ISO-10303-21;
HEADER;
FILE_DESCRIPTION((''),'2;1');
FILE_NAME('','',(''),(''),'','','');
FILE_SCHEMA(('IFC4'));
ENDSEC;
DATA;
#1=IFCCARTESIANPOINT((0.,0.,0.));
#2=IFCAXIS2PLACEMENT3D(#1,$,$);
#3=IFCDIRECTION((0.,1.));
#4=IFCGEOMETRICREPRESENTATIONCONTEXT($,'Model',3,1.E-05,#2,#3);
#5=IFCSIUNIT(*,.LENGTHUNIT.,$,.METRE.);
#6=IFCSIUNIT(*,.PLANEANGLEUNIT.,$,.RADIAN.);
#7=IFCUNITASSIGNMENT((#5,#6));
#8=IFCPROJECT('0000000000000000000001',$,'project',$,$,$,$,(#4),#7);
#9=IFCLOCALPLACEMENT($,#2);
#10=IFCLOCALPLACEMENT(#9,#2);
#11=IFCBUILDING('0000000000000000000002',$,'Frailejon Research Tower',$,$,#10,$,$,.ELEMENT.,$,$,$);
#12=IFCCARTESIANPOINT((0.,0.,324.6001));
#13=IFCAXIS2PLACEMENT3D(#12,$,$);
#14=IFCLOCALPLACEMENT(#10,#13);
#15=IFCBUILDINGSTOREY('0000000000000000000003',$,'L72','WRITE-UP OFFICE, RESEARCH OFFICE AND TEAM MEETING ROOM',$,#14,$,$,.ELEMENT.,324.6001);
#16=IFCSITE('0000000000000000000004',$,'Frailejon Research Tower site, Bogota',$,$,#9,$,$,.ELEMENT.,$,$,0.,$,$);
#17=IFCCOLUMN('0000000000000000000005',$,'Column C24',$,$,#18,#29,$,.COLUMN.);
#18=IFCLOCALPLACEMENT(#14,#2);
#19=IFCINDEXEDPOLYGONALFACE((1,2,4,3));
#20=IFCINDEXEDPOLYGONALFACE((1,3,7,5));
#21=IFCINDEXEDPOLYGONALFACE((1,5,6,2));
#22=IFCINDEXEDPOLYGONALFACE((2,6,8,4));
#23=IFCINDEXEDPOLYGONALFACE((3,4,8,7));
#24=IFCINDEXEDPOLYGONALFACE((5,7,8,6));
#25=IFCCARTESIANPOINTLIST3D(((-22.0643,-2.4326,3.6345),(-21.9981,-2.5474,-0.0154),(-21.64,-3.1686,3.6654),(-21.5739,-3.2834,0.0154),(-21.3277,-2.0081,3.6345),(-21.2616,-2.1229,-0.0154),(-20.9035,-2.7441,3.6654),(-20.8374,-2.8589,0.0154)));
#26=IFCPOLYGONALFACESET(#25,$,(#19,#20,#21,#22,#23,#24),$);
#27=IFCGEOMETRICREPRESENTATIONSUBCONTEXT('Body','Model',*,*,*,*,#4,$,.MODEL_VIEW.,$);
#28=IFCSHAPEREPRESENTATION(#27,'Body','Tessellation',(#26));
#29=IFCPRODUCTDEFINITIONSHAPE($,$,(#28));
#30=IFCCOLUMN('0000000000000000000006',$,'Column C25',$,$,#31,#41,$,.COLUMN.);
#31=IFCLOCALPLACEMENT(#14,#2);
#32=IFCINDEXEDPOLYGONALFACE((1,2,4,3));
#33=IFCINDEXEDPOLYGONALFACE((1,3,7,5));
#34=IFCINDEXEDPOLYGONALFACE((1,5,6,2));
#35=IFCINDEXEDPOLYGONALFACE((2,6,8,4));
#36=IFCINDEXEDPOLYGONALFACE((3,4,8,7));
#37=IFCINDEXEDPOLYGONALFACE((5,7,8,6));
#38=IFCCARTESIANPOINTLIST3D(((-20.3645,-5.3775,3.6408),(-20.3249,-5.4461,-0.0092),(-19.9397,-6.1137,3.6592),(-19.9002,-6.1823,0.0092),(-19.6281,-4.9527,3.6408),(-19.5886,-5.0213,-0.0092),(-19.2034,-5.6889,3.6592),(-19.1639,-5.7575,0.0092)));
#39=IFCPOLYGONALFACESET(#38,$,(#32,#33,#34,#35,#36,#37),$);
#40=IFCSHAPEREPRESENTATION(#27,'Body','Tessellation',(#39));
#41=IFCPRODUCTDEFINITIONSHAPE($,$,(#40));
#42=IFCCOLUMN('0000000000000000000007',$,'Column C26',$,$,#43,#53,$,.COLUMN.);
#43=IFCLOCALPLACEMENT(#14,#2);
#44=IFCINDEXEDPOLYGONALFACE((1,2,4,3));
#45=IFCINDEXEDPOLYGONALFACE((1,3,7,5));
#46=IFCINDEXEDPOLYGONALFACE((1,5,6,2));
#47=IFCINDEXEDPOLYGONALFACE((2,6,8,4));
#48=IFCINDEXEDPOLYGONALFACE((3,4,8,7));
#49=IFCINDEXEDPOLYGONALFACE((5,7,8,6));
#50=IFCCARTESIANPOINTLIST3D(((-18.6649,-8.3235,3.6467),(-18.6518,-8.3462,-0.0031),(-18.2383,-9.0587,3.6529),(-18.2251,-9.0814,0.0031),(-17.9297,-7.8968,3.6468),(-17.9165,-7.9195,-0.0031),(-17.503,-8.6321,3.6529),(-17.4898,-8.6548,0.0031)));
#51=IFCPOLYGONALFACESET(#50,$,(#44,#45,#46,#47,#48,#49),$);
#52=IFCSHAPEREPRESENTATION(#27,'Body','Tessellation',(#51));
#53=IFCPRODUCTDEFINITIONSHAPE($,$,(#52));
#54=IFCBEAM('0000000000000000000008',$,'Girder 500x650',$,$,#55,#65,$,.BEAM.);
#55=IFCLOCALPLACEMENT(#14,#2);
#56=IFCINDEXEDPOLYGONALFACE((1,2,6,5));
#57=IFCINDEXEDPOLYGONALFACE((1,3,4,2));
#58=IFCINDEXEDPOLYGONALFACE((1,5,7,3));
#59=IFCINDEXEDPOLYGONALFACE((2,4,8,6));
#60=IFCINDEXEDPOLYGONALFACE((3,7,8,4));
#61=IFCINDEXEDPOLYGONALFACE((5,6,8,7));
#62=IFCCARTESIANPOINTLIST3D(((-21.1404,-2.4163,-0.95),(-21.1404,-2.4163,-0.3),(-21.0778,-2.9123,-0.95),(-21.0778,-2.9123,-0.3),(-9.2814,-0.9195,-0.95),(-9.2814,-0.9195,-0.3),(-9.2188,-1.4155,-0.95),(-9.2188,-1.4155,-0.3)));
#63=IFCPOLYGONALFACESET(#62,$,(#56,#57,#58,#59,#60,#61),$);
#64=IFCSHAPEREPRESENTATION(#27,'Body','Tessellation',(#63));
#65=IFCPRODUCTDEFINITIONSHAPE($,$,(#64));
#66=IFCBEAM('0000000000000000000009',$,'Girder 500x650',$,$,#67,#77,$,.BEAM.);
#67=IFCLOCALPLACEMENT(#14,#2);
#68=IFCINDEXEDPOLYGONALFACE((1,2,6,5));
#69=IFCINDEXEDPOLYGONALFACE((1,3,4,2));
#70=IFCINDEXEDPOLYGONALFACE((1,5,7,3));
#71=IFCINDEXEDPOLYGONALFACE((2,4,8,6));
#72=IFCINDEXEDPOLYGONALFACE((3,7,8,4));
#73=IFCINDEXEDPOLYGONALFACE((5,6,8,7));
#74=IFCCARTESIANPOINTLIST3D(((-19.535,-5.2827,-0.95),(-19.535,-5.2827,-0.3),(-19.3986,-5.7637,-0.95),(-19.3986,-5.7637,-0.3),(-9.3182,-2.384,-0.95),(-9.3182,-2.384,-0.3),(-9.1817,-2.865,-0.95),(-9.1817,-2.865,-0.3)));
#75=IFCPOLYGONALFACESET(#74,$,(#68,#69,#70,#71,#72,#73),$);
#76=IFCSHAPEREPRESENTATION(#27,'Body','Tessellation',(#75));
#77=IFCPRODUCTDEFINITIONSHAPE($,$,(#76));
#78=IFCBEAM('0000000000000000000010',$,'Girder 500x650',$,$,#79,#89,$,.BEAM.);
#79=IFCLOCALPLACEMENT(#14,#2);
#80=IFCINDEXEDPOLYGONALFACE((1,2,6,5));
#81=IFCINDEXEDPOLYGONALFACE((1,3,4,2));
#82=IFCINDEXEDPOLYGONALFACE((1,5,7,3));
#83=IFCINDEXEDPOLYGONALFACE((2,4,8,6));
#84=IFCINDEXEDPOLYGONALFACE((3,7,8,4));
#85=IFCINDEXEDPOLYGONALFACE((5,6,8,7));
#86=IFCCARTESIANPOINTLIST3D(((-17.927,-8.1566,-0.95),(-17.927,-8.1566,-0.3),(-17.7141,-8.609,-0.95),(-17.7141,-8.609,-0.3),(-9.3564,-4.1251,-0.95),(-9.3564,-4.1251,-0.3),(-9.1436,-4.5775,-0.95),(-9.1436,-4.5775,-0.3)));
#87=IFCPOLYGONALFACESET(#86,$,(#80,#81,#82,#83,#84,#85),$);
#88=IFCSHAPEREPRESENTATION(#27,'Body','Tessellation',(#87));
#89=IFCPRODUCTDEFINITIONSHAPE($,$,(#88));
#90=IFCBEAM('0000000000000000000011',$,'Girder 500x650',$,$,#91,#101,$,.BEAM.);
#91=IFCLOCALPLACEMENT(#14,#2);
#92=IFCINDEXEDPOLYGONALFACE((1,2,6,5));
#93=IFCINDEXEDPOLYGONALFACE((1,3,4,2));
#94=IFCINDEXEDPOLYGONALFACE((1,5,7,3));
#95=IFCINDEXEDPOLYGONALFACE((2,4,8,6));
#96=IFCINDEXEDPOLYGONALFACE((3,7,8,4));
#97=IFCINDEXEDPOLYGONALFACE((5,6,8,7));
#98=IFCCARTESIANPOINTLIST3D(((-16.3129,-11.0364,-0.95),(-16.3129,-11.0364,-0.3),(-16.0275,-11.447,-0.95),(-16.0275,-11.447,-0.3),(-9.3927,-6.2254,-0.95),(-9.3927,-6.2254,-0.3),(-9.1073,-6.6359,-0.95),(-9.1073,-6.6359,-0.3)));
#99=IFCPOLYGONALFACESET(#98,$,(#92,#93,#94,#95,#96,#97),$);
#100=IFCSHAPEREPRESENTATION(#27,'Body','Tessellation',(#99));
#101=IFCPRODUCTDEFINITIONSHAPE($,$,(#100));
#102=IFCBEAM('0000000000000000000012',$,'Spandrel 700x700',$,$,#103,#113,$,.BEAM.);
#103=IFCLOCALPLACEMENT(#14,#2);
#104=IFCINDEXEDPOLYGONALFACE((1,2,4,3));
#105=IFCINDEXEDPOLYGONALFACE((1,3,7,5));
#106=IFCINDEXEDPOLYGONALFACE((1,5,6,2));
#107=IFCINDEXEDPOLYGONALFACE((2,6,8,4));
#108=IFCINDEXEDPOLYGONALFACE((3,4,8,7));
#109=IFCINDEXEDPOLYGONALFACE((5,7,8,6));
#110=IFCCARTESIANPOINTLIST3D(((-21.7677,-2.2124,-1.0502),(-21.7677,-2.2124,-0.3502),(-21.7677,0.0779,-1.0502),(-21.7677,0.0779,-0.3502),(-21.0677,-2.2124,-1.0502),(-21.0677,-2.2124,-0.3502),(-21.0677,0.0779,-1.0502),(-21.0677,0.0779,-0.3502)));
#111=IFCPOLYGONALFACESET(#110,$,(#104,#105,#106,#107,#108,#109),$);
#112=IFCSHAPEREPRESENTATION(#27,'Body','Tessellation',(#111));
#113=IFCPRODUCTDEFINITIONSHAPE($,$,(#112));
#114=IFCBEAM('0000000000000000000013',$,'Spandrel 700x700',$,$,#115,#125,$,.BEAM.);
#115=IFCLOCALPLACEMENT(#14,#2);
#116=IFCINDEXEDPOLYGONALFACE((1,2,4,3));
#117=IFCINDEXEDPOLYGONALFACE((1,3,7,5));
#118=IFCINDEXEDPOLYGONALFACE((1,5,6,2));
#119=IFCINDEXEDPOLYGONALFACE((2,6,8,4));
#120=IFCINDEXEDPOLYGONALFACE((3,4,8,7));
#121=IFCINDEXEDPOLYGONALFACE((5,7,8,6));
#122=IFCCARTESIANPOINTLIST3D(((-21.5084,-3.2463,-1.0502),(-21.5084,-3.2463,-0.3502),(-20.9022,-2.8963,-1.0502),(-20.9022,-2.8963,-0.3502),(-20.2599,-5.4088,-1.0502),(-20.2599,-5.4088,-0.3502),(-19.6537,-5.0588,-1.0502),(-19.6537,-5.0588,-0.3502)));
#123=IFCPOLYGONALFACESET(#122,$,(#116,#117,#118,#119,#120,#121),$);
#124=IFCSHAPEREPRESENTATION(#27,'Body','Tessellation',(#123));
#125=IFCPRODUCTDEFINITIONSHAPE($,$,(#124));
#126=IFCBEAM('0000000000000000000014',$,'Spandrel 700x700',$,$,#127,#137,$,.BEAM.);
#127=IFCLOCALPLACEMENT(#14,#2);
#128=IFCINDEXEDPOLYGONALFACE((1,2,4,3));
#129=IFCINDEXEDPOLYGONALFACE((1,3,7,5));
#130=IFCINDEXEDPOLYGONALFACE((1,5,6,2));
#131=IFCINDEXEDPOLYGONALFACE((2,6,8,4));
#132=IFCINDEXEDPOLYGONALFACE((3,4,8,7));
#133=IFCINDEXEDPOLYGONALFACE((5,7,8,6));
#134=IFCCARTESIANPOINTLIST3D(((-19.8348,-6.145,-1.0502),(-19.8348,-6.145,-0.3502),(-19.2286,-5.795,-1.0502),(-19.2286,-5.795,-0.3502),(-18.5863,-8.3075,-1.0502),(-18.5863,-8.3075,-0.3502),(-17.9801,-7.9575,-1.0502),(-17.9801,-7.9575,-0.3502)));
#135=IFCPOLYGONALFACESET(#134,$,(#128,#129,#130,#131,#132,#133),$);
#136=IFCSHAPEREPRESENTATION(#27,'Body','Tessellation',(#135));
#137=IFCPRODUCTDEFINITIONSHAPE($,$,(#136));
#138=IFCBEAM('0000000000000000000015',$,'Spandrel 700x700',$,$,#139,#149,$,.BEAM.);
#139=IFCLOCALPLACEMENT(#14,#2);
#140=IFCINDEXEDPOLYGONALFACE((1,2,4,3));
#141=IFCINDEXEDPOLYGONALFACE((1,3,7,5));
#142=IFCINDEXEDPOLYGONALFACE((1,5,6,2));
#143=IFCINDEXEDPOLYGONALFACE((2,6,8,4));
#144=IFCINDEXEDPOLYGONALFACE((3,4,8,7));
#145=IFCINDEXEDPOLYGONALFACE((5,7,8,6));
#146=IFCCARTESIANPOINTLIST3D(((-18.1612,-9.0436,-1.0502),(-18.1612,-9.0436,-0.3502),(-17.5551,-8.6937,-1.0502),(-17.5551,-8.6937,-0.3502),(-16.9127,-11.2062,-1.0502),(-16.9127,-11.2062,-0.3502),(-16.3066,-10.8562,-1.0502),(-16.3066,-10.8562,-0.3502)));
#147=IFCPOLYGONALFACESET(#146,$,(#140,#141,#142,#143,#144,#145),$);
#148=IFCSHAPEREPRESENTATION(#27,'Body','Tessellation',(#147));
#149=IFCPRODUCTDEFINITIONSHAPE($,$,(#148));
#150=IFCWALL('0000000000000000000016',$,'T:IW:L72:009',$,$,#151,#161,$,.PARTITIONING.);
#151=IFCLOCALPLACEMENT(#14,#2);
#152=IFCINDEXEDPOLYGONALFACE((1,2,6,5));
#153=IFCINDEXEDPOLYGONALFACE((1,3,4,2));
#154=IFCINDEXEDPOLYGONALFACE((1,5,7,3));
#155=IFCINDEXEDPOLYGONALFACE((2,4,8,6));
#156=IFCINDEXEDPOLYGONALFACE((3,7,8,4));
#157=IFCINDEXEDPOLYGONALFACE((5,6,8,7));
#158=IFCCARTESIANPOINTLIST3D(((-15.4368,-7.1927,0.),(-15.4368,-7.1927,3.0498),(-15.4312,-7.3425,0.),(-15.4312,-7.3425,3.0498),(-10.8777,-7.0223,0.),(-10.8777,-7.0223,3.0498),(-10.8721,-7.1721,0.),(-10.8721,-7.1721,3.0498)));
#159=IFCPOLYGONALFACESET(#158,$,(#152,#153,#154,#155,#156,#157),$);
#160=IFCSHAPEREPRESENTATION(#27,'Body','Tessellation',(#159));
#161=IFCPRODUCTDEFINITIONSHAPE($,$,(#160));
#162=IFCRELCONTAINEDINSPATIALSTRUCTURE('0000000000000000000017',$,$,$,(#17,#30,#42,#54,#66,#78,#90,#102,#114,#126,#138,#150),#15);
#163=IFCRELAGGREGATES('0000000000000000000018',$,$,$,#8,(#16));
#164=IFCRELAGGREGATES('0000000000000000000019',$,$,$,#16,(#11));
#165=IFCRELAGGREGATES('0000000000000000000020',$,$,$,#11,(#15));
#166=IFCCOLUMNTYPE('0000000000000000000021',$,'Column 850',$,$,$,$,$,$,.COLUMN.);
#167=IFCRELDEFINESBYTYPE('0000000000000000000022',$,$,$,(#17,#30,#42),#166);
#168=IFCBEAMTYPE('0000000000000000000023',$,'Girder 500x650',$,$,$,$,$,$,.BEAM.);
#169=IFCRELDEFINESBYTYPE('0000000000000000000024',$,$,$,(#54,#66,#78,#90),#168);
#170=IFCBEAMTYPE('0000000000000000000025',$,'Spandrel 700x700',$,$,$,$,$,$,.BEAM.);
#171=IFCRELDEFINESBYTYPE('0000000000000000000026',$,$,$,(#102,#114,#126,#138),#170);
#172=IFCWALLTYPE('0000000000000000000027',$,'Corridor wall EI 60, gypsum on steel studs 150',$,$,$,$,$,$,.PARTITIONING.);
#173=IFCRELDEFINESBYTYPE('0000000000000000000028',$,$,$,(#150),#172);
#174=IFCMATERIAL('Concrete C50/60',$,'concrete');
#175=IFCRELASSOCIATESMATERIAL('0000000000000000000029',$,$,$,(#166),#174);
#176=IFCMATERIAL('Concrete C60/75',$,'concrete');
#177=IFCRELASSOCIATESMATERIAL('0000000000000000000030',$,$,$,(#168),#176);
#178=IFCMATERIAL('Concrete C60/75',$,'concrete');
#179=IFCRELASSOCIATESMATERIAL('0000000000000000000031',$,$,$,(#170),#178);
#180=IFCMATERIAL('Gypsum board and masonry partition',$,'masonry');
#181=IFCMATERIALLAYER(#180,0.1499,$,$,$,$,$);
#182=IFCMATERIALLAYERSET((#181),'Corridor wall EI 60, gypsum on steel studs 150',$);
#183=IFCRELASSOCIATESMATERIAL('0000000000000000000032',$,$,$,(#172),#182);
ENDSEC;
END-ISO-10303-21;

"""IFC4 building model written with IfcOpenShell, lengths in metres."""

from ifc_helpers import new_model, si_unit, direction, frame, frame_2d, origin, origin_2d, place, context, subcontext, project, spatial, rectangle, extrude, material, layer, layer_set, material_profile, profile_set, type_object, element, save


model = new_model("IFC4")

# Units and contexts
model_context = context("Model", 3, precision=1e-05, world=origin(), true_north=direction((0.0, 1.0)))
body_context = subcontext(model_context, "Body", "Model", "MODEL_VIEW")
ifc_project = project(units=[si_unit("LENGTHUNIT", "METRE"), si_unit("PLANEANGLEUNIT", "RADIAN")], contexts=[model_context])

# Site, building, storey
site_placement = place(None, origin())
site = spatial("IfcSite", under=ifc_project, at=site_placement, Name="Frailejon Research Tower site, Bogota", CompositionType="ELEMENT", RefElevation=0.0)
building_placement = place(site_placement, origin())
building = spatial("IfcBuilding", under=site, at=building_placement, Name="Frailejon Research Tower", CompositionType="ELEMENT")
storey_placement = place(building_placement, frame((0.0, 0.0, 324.6001)))
storey = spatial("IfcBuildingStorey", under=building, at=storey_placement, Name="L72", Description="WRITE-UP OFFICE, RESEARCH OFFICE AND TEAM MEETING ROOM", CompositionType="ELEMENT", Elevation=324.6001)

# Columns
ifc_material_1 = material(Name="Concrete C50/60", Category="concrete")
ifc_material_profile_1 = material_profile(ifc_material_1, rectangle(XDim=0.8501, YDim=0.8501, at=origin_2d()), Name="Column 850")
ifc_profile_set_1 = profile_set([ifc_material_profile_1], Name="Concrete C50/60")
column_type = type_object("IfcColumnType", Name="Column 850", PredefinedType="COLUMN", material=ifc_profile_set_1)
column_1_placement = place(storey_placement, frame((-21.4177, -2.7031, 0.0), z_axis=(-0.018115, 0.031417, 0.999342), x_axis=(0.49904, -0.865819, 0.036266)))
element("IfcColumn", 1, at=column_1_placement, inside=storey, type_object=column_type, Name="Column C24", PredefinedType="COLUMN", context=body_context, shape_type="SweptSolid", body=[
    extrude(rectangle(XDim=0.8501, YDim=0.8501, at=origin_2d()), origin(), (0.0, 0.0, 1.0), 3.6523),
])
column_2_placement = place(storey_placement, frame((-19.7444, -5.6018, 0.0), z_axis=(-0.010834, 0.018792, 0.999765), x_axis=(0.499616, -0.865975, 0.021691)))
element("IfcColumn", 2, at=column_2_placement, inside=storey, type_object=column_type, Name="Column C25", PredefinedType="COLUMN", context=body_context, shape_type="SweptSolid", body=[
    extrude(rectangle(XDim=0.8501, YDim=0.8501, at=origin_2d()), origin(), (0.0, 0.0, 1.0), 3.6509),
])
column_3_placement = place(storey_placement, frame((-18.0708, -8.5005, 0.0), z_axis=(-0.003612, 0.006221, 0.999974), x_axis=(0.501902, -0.864894, 0.007193)))
element("IfcColumn", 3, at=column_3_placement, inside=storey, type_object=column_type, Name="Column C26", PredefinedType="COLUMN", context=body_context, shape_type="SweptSolid", body=[
    extrude(rectangle(XDim=0.8501, YDim=0.8501, at=origin_2d()), origin(), (0.0, 0.0, 1.0), 3.6499),
])

# Beams
ifc_material_2 = material(Name="Concrete C60/75", Category="concrete")
ifc_material_profile_2 = material_profile(ifc_material_2, rectangle(XDim=0.5, YDim=0.6499, at=origin_2d()), Name="Girder 500x650")
ifc_profile_set_2 = profile_set([ifc_material_profile_2], Name="Concrete C60/75")
beam_type_1 = type_object("IfcBeamType", Name="Girder 500x650", PredefinedType="BEAM", material=ifc_profile_set_2)
beam_1_placement = place(storey_placement, frame((-21.1091, -2.6643, -0.625), z_axis=(0.992129, 0.125224, 0.0), x_axis=(-0.125224, 0.992129, 0.0)))
element("IfcBeam", 4, at=beam_1_placement, inside=storey, type_object=beam_type_1, Name="Girder 500x650", PredefinedType="BEAM", context=body_context, shape_type="SweptSolid", body=[
    extrude(rectangle(XDim=0.5, YDim=0.6499, at=origin_2d()), origin(), (0.0, 0.0, 1.0), 11.9531),
])
beam_2_placement = place(storey_placement, frame((-19.4668, -5.5232, -0.625), z_axis=(0.96203, 0.272944, 0.0), x_axis=(-0.272944, 0.96203, 0.0)))
element("IfcBeam", 5, at=beam_2_placement, inside=storey, type_object=beam_type_1, Name="Girder 500x650", PredefinedType="BEAM", context=body_context, shape_type="SweptSolid", body=[
    extrude(rectangle(XDim=0.5, YDim=0.6499, at=origin_2d()), origin(), (0.0, 0.0, 1.0), 10.6201),
])
beam_3_placement = place(storey_placement, frame((-17.8206, -8.3828, -0.625), z_axis=(0.904888, 0.425649, 0.0), x_axis=(-0.425649, 0.904888, 0.0)))
element("IfcBeam", 6, at=beam_3_placement, inside=storey, type_object=beam_type_1, Name="Girder 500x650", PredefinedType="BEAM", context=body_context, shape_type="SweptSolid", body=[
    extrude(rectangle(XDim=0.5, YDim=0.6499, at=origin_2d()), origin(), (0.0, 0.0, 1.0), 9.4714),
])
beam_4_placement = place(storey_placement, frame((-16.1702, -11.2417, -0.625), z_axis=(0.821072, 0.570825, 0.0), x_axis=(-0.570825, 0.821072, 0.0)))
element("IfcBeam", 7, at=beam_4_placement, inside=storey, type_object=beam_type_1, Name="Girder 500x650", PredefinedType="BEAM", context=body_context, shape_type="SweptSolid", body=[
    extrude(rectangle(XDim=0.5, YDim=0.6499, at=origin_2d()), origin(), (0.0, 0.0, 1.0), 8.4282),
])
ifc_material_3 = material(Name="Concrete C60/75", Category="concrete")
ifc_material_profile_3 = material_profile(ifc_material_3, rectangle(XDim=0.7, YDim=0.7, at=origin_2d()), Name="Spandrel 700x700")
ifc_profile_set_3 = profile_set([ifc_material_profile_3], Name="Concrete C60/75")
beam_type_2 = type_object("IfcBeamType", Name="Spandrel 700x700", PredefinedType="BEAM", material=ifc_profile_set_3)
beam_5_placement = place(storey_placement, frame((-21.4177, 0.0779, -0.7002), z_axis=(0.0, -1.0, 0.0), x_axis=(1.0, 0.0, 0.0)))
element("IfcBeam", 8, at=beam_5_placement, inside=storey, type_object=beam_type_2, Name="Spandrel 700x700", PredefinedType="BEAM", context=body_context, shape_type="SweptSolid", body=[
    extrude(rectangle(XDim=0.7, YDim=0.7, at=origin_2d()), origin(), (0.0, 0.0, 1.0), 2.2903),
])
for number, where, z_axis, x_axis, name in (
    (9, (-21.2053, -3.0713, -0.7002), (0.499988, -0.866033, 0.0), (0.866033, 0.499988, 0.0), "Spandrel 700x700"),
    (10, (-19.5317, -5.97, -0.7002), (0.499988, -0.866033, 0.0), (0.866033, 0.499988, 0.0), "Spandrel 700x700"),
    (11, (-17.8582, -8.8687, -0.7002), (0.499988, -0.866033, 0.0), (0.866033, 0.499988, 0.0), "Spandrel 700x700"),
):
    element("IfcBeam", number, at=place(storey_placement, frame(where, z_axis=z_axis, x_axis=x_axis)), inside=storey, type_object=beam_type_2, Name=name, PredefinedType="BEAM", context=body_context, shape_type="SweptSolid", body=[
        extrude(rectangle(XDim=0.7, YDim=0.7, at=origin_2d()), origin(), (0.0, 0.0, 1.0), 2.4971),
    ])

# Wall
ifc_material_4 = material(Name="Gypsum board and masonry partition", Category="masonry")
ifc_layer_1 = layer(ifc_material_4, 0.1499)
ifc_layer_set_1 = layer_set([ifc_layer_1], Name="Corridor wall EI 60, gypsum on steel studs 150")
wall_type_1 = type_object("IfcWallType", Name="Corridor wall EI 60, gypsum on steel studs 150", PredefinedType="PARTITIONING", material=ifc_layer_set_1)
wall_1_placement = place(storey_placement, frame((-15.4341, -7.2676, 0.0), z_axis=(0.0, 0.0, 1.0), x_axis=(0.999302, 0.037352, 0.0)))
element("IfcWall", 12, at=wall_1_placement, inside=storey, type_object=wall_type_1, Name="T:IW:L72:009", PredefinedType="PARTITIONING", context=body_context, shape_type="SweptSolid", body=[
    extrude(rectangle(XDim=4.5623, YDim=0.1499, at=frame_2d((2.2812, 0.0))), origin(), (0.0, 0.0, 1.0), 3.0498),
])

save(model, "model.ifc")
